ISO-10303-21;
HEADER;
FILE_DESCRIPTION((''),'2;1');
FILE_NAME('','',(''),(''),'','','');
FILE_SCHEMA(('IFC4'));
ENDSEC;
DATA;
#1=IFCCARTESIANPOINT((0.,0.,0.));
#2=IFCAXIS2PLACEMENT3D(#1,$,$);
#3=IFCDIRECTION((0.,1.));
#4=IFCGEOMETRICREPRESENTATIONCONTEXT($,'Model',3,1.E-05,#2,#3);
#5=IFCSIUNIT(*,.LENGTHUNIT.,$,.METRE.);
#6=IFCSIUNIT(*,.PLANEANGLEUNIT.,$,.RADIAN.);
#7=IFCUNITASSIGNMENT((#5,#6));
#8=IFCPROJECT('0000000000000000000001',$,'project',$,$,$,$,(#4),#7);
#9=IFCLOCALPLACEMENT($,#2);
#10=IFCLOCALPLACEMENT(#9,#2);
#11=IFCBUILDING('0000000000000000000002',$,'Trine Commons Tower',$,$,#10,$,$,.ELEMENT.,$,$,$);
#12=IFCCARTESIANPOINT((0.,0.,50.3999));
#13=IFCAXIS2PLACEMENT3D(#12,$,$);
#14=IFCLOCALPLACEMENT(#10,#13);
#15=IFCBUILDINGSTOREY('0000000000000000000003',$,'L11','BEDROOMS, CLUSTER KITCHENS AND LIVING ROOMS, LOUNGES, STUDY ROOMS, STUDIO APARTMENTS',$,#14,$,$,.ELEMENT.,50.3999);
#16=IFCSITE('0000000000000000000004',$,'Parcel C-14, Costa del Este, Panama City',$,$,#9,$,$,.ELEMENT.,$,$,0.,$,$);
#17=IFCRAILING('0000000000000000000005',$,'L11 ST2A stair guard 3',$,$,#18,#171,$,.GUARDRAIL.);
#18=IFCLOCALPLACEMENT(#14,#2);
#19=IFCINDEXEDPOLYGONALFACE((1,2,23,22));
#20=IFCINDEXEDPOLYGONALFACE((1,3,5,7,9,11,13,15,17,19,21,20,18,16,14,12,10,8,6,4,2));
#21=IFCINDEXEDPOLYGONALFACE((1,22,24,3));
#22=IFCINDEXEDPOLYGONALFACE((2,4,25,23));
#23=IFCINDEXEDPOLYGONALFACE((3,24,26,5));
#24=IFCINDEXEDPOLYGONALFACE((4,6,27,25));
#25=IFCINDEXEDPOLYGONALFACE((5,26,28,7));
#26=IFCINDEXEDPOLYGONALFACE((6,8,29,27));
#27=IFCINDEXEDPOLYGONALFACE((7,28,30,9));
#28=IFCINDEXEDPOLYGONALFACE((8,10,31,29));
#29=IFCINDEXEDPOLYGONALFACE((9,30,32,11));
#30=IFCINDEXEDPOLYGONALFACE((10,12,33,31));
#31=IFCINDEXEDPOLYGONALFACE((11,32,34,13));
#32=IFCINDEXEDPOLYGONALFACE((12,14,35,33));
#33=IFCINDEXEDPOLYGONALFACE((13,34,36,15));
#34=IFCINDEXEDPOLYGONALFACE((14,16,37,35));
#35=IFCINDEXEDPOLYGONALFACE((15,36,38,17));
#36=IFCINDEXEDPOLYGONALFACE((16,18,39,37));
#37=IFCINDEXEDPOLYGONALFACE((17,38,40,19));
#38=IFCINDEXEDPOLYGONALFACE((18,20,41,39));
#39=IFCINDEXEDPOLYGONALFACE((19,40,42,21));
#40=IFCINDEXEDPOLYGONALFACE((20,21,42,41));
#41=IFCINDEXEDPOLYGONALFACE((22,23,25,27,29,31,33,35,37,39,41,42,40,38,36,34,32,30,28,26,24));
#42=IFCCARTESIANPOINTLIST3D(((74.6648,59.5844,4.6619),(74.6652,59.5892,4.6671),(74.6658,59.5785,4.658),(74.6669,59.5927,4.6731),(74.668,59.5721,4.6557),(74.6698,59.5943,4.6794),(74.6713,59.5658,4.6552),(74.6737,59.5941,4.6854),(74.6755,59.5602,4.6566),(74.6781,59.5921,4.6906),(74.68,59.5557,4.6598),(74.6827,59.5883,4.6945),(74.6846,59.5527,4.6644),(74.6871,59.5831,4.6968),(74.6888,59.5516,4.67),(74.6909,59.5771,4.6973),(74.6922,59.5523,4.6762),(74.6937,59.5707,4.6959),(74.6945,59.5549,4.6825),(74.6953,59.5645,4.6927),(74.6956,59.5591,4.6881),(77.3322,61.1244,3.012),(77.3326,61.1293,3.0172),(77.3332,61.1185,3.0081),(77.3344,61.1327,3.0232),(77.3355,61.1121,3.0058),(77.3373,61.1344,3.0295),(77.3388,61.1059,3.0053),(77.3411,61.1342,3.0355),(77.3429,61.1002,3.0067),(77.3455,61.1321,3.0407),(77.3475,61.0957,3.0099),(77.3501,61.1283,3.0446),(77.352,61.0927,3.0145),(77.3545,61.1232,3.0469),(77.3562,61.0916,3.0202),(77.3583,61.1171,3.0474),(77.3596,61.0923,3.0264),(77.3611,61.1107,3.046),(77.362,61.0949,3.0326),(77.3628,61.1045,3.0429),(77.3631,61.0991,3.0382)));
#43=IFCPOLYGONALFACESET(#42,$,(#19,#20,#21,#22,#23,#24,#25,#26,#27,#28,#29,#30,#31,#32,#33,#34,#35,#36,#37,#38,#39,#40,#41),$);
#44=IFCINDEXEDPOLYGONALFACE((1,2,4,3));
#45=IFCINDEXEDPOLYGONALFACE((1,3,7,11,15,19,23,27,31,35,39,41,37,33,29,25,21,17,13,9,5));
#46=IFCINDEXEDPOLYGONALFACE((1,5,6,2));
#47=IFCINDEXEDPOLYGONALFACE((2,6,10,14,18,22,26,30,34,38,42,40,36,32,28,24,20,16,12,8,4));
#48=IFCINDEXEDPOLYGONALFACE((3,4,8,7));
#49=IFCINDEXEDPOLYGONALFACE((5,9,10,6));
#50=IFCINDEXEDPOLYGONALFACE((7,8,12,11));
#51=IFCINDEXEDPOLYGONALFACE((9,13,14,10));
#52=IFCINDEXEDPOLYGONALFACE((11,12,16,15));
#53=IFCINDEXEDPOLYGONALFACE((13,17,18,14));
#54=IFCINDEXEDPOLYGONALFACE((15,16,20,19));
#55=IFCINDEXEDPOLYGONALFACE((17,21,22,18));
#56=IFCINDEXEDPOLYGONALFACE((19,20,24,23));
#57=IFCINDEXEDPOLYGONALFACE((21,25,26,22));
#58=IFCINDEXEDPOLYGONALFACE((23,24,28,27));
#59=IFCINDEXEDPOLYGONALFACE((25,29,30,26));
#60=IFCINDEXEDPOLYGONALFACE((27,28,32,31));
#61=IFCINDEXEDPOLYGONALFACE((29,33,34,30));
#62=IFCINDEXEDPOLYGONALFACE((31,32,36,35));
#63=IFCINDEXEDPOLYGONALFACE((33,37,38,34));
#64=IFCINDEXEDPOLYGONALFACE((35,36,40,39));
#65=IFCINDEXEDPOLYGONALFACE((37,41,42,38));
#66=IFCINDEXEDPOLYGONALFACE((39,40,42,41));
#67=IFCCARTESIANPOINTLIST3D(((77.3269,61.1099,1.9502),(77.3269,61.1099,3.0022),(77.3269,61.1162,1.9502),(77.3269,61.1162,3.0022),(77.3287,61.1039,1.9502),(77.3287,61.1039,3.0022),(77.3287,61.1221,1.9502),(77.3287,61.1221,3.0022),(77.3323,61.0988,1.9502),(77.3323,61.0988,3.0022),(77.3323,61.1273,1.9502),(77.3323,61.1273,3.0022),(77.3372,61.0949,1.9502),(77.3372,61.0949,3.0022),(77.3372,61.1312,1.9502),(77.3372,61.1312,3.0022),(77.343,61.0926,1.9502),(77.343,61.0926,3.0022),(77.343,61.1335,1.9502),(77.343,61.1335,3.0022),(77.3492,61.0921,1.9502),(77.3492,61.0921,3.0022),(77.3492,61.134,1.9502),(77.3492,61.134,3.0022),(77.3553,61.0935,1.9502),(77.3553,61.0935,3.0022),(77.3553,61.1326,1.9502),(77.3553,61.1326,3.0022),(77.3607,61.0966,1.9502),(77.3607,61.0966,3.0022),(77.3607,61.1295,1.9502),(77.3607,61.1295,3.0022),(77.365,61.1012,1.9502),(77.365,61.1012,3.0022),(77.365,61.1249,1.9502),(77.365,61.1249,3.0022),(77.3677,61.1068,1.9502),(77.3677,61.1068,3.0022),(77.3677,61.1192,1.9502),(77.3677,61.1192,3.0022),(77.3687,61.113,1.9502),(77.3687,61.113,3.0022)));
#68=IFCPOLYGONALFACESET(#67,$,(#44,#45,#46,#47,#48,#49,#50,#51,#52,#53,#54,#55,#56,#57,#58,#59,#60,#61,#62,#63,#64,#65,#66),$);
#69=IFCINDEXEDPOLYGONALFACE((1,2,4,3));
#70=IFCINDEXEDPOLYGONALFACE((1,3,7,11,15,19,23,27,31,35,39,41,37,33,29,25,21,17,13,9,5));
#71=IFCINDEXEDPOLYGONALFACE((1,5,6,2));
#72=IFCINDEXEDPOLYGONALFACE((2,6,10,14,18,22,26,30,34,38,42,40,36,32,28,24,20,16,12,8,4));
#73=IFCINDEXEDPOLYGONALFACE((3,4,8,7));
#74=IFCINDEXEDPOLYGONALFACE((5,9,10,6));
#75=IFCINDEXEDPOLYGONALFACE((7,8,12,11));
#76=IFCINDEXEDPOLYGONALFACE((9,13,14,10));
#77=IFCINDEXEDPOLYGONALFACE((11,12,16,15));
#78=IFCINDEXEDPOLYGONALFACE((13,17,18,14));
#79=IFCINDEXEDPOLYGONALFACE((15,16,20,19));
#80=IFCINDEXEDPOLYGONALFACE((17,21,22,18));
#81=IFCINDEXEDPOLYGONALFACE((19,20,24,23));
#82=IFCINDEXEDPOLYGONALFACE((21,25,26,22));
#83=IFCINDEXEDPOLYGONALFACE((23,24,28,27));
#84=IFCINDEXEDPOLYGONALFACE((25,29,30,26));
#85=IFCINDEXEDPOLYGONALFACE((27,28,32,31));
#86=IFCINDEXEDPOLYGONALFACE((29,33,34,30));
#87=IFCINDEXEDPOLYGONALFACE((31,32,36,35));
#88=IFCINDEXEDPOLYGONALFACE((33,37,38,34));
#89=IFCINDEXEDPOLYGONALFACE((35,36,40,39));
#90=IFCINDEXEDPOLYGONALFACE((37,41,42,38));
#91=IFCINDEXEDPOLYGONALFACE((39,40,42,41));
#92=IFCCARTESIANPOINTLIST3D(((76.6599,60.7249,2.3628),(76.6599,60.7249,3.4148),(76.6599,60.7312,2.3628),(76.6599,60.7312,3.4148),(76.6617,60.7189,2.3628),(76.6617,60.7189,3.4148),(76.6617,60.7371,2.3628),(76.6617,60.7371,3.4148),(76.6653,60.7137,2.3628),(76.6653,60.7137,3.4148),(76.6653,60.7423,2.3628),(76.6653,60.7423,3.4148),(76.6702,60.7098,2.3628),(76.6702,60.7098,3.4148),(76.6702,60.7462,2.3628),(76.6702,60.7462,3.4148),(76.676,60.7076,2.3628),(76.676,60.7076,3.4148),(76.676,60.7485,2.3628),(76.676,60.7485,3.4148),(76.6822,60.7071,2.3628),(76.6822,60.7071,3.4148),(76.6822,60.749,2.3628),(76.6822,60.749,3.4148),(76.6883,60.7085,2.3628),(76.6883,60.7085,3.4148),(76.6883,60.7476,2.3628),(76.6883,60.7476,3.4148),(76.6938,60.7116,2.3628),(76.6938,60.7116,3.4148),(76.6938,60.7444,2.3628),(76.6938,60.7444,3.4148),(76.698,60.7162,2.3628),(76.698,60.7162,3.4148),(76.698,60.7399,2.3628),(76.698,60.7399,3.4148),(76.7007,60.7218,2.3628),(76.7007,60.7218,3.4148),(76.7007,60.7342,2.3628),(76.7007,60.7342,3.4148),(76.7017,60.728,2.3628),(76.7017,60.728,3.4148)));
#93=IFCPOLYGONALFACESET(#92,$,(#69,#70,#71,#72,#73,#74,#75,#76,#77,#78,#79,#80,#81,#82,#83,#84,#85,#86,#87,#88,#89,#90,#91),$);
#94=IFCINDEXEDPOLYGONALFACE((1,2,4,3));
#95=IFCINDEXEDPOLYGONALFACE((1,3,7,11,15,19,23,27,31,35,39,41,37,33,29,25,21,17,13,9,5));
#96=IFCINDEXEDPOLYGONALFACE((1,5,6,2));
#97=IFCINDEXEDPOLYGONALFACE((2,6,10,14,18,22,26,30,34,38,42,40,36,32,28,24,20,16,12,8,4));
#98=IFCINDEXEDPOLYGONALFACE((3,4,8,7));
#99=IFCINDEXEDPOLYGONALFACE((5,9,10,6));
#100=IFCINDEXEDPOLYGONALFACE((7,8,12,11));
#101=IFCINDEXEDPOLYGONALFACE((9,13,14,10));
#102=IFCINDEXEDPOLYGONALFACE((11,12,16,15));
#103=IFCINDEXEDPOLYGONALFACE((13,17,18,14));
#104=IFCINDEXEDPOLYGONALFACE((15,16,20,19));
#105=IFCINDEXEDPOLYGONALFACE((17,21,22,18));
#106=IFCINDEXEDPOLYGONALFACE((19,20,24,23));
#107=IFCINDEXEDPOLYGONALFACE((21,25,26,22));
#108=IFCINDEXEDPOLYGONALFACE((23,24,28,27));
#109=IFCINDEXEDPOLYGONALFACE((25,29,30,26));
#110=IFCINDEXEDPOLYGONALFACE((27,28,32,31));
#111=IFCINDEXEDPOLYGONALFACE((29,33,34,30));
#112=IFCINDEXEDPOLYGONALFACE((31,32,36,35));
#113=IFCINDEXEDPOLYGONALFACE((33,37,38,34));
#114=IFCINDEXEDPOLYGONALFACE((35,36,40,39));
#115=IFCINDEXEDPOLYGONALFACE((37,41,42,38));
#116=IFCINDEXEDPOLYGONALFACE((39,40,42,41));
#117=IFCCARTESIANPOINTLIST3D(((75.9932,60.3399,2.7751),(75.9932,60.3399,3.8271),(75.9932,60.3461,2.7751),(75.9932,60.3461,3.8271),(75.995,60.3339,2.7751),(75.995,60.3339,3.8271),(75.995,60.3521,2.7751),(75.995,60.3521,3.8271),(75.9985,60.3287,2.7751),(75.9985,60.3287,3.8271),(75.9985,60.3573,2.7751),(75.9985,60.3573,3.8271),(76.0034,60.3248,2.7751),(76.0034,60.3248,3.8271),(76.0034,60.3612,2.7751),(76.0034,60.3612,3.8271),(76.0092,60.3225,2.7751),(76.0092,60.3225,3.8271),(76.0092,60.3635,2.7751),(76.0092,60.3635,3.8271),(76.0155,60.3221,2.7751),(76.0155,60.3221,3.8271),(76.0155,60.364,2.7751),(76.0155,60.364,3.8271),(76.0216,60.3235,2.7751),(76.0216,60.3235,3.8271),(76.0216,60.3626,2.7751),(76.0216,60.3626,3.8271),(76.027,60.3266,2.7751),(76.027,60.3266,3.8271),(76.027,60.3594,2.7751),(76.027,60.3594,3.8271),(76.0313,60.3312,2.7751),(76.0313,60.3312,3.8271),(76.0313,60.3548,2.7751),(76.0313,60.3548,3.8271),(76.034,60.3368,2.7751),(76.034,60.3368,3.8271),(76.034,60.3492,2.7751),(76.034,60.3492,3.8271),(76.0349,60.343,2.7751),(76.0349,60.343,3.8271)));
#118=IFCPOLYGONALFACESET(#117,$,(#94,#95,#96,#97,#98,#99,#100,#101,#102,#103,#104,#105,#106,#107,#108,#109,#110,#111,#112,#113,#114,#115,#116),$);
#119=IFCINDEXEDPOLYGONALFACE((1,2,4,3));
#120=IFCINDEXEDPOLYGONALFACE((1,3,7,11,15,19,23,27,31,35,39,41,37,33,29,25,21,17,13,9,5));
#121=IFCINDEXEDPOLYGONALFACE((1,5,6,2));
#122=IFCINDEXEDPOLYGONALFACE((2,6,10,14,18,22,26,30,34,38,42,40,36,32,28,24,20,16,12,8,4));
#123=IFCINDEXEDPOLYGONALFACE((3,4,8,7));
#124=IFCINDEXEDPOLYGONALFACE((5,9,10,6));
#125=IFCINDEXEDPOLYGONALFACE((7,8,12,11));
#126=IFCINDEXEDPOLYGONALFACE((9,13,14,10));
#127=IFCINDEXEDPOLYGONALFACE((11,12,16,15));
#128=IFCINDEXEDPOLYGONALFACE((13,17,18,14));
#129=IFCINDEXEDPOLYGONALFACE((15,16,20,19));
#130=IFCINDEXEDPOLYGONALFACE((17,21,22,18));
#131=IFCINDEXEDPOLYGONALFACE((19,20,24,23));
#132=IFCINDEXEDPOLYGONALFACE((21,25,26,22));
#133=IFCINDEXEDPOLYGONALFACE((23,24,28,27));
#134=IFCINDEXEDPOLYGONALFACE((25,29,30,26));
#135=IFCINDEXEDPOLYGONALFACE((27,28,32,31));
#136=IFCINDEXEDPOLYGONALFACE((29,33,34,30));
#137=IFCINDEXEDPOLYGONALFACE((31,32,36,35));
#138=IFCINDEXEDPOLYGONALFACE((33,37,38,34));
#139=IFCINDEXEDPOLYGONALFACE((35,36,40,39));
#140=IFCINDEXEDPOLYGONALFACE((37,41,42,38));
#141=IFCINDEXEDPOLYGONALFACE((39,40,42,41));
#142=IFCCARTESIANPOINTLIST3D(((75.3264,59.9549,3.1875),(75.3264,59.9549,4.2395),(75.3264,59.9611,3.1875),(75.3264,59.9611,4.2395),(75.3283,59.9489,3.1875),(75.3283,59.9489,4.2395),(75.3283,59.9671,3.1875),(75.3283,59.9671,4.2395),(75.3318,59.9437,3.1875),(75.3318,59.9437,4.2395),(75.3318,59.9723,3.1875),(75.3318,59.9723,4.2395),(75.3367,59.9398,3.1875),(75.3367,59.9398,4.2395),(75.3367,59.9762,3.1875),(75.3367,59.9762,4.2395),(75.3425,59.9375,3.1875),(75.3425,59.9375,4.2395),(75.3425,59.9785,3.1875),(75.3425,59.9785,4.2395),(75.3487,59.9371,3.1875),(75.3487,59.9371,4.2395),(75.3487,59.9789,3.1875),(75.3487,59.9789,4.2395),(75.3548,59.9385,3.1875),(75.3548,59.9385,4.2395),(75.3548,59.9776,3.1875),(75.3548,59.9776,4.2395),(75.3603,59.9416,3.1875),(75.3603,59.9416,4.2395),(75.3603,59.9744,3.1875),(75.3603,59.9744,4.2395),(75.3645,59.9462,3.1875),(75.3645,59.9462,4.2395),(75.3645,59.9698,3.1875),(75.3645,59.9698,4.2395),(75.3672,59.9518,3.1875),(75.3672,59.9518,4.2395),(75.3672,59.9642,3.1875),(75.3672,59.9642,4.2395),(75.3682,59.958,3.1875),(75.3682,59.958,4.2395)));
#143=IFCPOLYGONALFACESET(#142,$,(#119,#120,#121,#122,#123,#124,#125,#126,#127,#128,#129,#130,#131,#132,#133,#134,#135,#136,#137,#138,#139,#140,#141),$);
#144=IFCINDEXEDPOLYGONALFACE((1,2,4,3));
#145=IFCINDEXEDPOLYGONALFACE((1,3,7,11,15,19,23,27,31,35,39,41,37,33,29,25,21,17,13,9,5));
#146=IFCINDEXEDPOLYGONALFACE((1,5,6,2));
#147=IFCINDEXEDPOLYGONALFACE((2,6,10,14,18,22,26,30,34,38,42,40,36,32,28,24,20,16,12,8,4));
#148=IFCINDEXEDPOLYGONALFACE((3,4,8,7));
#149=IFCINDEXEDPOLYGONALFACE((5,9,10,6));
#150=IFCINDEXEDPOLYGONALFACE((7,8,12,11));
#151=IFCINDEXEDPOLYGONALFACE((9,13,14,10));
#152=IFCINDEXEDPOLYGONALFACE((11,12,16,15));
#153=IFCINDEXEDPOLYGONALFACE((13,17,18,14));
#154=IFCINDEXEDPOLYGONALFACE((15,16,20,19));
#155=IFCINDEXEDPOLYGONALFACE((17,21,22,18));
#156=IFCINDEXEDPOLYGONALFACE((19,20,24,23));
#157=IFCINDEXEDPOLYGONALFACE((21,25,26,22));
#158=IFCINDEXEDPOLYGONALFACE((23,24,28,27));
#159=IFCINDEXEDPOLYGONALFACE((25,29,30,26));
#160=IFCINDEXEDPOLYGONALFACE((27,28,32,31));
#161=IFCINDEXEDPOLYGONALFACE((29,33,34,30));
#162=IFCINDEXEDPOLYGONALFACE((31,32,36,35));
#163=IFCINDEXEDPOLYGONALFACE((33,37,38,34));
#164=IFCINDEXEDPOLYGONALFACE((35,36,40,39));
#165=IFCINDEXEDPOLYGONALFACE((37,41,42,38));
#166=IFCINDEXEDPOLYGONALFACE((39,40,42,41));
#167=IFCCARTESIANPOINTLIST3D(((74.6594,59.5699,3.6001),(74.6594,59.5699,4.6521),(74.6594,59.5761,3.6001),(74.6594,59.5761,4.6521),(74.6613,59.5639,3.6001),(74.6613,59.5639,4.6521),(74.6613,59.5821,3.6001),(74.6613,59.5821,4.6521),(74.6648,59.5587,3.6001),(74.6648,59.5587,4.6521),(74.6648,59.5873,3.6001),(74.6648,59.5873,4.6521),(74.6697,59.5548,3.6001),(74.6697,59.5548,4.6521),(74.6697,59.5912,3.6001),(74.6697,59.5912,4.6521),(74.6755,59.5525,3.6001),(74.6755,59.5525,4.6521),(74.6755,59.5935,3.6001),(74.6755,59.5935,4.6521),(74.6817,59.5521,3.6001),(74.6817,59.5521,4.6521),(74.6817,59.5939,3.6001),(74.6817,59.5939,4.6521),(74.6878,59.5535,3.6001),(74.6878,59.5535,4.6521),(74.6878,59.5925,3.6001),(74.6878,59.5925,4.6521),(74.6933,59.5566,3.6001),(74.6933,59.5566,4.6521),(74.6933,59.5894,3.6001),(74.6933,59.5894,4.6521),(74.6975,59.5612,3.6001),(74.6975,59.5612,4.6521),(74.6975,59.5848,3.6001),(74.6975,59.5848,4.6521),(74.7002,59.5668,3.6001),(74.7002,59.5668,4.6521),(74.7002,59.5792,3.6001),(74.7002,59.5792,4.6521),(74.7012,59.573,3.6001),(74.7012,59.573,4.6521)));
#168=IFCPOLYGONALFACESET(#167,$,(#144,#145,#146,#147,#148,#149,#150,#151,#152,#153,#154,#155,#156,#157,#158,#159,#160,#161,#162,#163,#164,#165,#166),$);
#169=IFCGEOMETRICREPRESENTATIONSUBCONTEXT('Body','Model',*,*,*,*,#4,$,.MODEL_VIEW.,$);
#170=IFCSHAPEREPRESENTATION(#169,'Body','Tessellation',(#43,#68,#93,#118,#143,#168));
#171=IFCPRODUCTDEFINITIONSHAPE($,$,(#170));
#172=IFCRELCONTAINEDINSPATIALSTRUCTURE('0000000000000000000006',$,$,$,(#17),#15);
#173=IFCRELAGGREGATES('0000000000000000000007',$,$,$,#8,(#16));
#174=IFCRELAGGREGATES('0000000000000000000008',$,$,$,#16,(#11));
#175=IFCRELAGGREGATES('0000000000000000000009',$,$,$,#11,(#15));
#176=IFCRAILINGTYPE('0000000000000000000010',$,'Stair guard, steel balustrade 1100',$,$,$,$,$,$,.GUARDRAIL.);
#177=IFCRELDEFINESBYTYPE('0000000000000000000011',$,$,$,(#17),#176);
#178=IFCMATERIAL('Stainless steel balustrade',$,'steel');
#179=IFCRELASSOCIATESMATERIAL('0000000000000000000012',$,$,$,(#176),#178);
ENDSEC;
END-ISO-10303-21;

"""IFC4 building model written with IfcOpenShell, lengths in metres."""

from ifc_helpers import new_model, si_unit, direction, frame, origin, origin_2d, place, context, subcontext, project, spatial, circle, extrude, material, type_object, element, save


model = new_model("IFC4")

# Units and contexts
model_context = context("Model", 3, precision=1e-05, world=origin(), true_north=direction((0.0, 1.0)))
body_context = subcontext(model_context, "Body", "Model", "MODEL_VIEW")
ifc_project = project(units=[si_unit("LENGTHUNIT", "METRE"), si_unit("PLANEANGLEUNIT", "RADIAN")], contexts=[model_context])

# Site, building, storey
site_placement = place(None, origin())
site = spatial("IfcSite", under=ifc_project, at=site_placement, Name="Parcel C-14, Costa del Este, Panama City", CompositionType="ELEMENT", RefElevation=0.0)
building_placement = place(site_placement, origin())
building = spatial("IfcBuilding", under=site, at=building_placement, Name="Trine Commons Tower", CompositionType="ELEMENT")
storey_placement = place(building_placement, frame((0.0, 0.0, 50.3999)))
storey = spatial("IfcBuildingStorey", under=building, at=storey_placement, Name="L11", Description="BEDROOMS, CLUSTER KITCHENS AND LIVING ROOMS, LOUNGES, STUDY ROOMS, STUDIO APARTMENTS", CompositionType="ELEMENT", Elevation=50.3999)

# Railing
ifc_material_1 = material(Name="Stainless steel balustrade", Category="steel")
railing_type_1 = type_object("IfcRailingType", Name="Stair guard, steel balustrade 1100", PredefinedType="GUARDRAIL", material=ifc_material_1)
railing_1_placement = place(storey_placement, frame((77.3477, 61.113, 1.9502)))
element("IfcRailing", 1, at=railing_1_placement, inside=storey, type_object=railing_type_1, Name="L11 ST2A stair guard 3", PredefinedType="GUARDRAIL", context=body_context, shape_type="SweptSolid", body=[
    extrude(circle(Radius=0.0239, at=origin_2d()), frame((0.0, 0.0, 1.0762), z_axis=(-0.763405, -0.440743, 0.472185), x_axis=(0.499992, -0.86603, 0.0)), (0.0, 0.0, 1.0), 3.4941),
    extrude(circle(Radius=0.021, at=origin_2d()), origin(), (0.0, 0.0, 1.0), 1.052),
    extrude(circle(Radius=0.021, at=origin_2d()), frame((-0.667, -0.385, 0.4126)), (0.0, 0.0, 1.0), 1.052),
    extrude(circle(Radius=0.021, at=origin_2d()), frame((-1.3337, -0.77, 0.825)), (0.0, 0.0, 1.0), 1.052),
    extrude(circle(Radius=0.021, at=origin_2d()), frame((-2.0005, -1.155, 1.2373)), (0.0, 0.0, 1.0), 1.052),
    extrude(circle(Radius=0.021, at=origin_2d()), frame((-2.6675, -1.54, 1.6499)), (0.0, 0.0, 1.0), 1.052),
])

save(model, "model.ifc")
